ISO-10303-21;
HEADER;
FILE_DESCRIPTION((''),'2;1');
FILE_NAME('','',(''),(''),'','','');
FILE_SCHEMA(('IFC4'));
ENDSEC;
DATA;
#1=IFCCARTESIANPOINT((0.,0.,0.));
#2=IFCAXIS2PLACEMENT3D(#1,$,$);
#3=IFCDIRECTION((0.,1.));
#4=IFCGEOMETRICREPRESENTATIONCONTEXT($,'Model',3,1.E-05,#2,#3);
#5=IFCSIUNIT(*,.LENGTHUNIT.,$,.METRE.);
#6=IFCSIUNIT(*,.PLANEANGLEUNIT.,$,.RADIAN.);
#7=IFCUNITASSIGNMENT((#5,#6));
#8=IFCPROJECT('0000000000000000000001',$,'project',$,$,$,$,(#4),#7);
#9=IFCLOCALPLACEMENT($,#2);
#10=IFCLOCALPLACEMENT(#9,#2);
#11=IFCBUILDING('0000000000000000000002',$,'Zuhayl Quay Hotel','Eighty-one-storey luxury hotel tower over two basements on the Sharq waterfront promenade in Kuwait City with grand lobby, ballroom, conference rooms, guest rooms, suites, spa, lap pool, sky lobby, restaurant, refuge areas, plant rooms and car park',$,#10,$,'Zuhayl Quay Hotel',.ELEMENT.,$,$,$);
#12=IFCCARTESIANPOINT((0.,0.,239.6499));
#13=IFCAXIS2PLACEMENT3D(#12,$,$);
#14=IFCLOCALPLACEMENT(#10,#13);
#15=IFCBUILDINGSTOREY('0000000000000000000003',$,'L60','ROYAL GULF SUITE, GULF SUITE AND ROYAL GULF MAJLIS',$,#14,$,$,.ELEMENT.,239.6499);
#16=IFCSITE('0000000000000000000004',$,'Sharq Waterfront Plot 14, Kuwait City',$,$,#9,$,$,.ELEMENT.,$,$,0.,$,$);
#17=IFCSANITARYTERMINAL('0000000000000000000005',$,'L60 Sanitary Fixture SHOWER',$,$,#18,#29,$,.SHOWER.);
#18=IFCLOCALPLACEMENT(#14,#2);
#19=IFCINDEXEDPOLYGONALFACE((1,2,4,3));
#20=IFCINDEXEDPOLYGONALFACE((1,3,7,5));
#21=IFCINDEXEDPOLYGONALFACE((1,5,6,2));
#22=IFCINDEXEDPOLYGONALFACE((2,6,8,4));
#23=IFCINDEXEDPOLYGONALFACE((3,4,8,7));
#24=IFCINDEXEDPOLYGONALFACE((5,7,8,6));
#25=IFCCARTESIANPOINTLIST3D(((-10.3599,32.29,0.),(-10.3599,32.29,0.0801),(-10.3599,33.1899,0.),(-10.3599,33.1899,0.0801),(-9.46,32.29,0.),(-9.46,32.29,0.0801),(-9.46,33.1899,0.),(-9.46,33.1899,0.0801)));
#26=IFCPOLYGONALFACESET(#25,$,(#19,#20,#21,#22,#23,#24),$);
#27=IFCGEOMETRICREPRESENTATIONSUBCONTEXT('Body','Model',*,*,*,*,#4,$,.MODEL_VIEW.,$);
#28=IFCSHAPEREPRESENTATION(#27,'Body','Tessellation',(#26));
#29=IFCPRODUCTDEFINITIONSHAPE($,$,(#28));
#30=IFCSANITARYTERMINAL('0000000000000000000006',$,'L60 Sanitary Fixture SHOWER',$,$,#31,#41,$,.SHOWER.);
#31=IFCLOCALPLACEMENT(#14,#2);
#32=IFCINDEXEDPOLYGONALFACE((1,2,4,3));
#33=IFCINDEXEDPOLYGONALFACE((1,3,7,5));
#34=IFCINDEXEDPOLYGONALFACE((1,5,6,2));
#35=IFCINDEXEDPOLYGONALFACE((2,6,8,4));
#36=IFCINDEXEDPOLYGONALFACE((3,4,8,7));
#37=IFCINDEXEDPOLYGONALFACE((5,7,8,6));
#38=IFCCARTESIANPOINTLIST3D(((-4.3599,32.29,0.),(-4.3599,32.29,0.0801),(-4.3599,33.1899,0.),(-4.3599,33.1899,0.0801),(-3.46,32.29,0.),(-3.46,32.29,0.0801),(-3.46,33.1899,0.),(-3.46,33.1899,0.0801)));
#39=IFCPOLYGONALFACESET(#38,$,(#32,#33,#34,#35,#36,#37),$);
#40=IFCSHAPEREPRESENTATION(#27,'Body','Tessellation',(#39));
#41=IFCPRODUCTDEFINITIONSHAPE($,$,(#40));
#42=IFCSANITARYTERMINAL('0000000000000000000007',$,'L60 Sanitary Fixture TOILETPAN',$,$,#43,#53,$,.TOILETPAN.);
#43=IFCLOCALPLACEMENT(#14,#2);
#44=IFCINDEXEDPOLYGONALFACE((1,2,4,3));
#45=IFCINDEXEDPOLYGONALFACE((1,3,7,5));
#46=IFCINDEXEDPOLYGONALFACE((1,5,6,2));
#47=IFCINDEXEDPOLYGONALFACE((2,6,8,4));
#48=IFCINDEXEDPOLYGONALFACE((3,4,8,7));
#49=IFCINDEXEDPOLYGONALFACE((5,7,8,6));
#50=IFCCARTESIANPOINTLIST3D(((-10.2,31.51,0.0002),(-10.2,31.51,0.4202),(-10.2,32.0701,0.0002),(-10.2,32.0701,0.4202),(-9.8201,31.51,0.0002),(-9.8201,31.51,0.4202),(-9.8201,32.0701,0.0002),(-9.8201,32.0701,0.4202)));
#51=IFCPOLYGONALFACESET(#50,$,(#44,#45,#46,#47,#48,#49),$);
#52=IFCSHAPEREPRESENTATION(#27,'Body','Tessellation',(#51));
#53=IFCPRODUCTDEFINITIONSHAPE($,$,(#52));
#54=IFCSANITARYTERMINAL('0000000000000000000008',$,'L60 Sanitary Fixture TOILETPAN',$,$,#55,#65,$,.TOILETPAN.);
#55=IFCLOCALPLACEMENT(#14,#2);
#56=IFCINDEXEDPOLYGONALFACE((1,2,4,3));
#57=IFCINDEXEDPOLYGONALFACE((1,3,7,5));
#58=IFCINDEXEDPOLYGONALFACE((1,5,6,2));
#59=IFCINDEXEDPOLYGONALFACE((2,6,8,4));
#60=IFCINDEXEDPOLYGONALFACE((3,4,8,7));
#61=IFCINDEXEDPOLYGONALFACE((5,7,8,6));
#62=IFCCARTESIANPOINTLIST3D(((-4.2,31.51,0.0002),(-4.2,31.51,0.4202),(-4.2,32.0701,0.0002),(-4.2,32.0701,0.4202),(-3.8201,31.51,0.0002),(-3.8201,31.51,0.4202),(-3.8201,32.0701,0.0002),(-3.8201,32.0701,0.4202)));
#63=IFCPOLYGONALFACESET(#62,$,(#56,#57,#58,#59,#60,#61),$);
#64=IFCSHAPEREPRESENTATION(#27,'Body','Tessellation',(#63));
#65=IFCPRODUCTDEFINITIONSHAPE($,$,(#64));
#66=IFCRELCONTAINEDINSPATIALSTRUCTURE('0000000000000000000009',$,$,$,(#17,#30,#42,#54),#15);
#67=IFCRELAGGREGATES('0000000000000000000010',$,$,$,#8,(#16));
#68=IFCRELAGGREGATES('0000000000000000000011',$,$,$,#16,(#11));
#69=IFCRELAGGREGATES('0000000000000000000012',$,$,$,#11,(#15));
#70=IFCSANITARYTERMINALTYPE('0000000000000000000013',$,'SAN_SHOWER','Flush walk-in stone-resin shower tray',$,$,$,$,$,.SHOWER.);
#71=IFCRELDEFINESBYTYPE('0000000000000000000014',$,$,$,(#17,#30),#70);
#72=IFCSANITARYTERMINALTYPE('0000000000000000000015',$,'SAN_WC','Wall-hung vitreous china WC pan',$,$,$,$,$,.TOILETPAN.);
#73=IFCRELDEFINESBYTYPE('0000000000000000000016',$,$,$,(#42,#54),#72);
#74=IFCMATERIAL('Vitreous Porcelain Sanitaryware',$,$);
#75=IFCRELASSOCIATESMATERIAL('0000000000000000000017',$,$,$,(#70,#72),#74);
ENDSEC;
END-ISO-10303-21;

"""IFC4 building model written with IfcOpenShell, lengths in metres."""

from ifc_helpers import new_model, si_unit, direction, frame, origin, origin_2d, place, context, subcontext, project, spatial, rectangle, extrude, material, type_object, element, save


model = new_model("IFC4")

# Units and contexts
model_context = context("Model", 3, precision=1e-05, world=origin(), true_north=direction((0.0, 1.0)))
body_context = subcontext(model_context, "Body", "Model", "MODEL_VIEW")
ifc_project = project(units=[si_unit("LENGTHUNIT", "METRE"), si_unit("PLANEANGLEUNIT", "RADIAN")], contexts=[model_context])

# Site, building, storey
site_placement = place(None, origin())
site = spatial("IfcSite", under=ifc_project, at=site_placement, Name="Sharq Waterfront Plot 14, Kuwait City", CompositionType="ELEMENT", RefElevation=0.0)
building_placement = place(site_placement, origin())
building = spatial("IfcBuilding", under=site, at=building_placement, Name="Zuhayl Quay Hotel", Description="Eighty-one-storey luxury hotel tower over two basements on the Sharq waterfront promenade in Kuwait City with grand lobby, ballroom, conference rooms, guest rooms, suites, spa, lap pool, sky lobby, restaurant, refuge areas, plant rooms and car park", LongName="Zuhayl Quay Hotel", CompositionType="ELEMENT")
storey_placement = place(building_placement, frame((0.0, 0.0, 239.6499)))
storey = spatial("IfcBuildingStorey", under=building, at=storey_placement, Name="L60", Description="ROYAL GULF SUITE, GULF SUITE AND ROYAL GULF MAJLIS", CompositionType="ELEMENT", Elevation=239.6499)

# Sanitary terminals
ifc_material_1 = material(Name="Vitreous Porcelain Sanitaryware")
sanitary_terminal_type_1 = type_object("IfcSanitaryTerminalType", Name="SAN_SHOWER", Description="Flush walk-in stone-resin shower tray", PredefinedType="SHOWER", material=ifc_material_1)
for number, where, z_axis, x_axis, name in (
    (1, (-9.9099, 32.74, 0.0), (0.0, 0.0, 1.0), (1.0, 0.0, 0.0), "L60 Sanitary Fixture SHOWER"),
    (2, (-3.9099, 32.74, 0.0), (0.0, 0.0, 1.0), (1.0, 0.0, 0.0), "L60 Sanitary Fixture SHOWER"),
):
    element("IfcSanitaryTerminal", number, at=place(storey_placement, frame(where, z_axis=z_axis, x_axis=x_axis)), inside=storey, type_object=sanitary_terminal_type_1, Name=name, PredefinedType="SHOWER", context=body_context, shape_type="SweptSolid", body=[
        extrude(rectangle(XDim=0.8999, YDim=0.8999, at=origin_2d()), origin(), (0.0, 0.0, 1.0), 0.0801),
    ])
sanitary_terminal_type_2 = type_object("IfcSanitaryTerminalType", Name="SAN_WC", Description="Wall-hung vitreous china WC pan", PredefinedType="TOILETPAN", material=ifc_material_1)
for number, where, z_axis, x_axis, name in (
    (3, (-10.01, 31.79, 0.0002), (0.0, 0.0, 1.0), (1.0, 0.0, 0.0), "L60 Sanitary Fixture TOILETPAN"),
    (4, (-4.01, 31.79, 0.0002), (0.0, 0.0, 1.0), (1.0, 0.0, 0.0), "L60 Sanitary Fixture TOILETPAN"),
):
    element("IfcSanitaryTerminal", number, at=place(storey_placement, frame(where, z_axis=z_axis, x_axis=x_axis)), inside=storey, type_object=sanitary_terminal_type_2, Name=name, PredefinedType="TOILETPAN", context=body_context, shape_type="SweptSolid", body=[
        extrude(rectangle(XDim=0.3799, YDim=0.5601, at=origin_2d()), origin(), (0.0, 0.0, 1.0), 0.4199),
    ])

save(model, "model.ifc")
